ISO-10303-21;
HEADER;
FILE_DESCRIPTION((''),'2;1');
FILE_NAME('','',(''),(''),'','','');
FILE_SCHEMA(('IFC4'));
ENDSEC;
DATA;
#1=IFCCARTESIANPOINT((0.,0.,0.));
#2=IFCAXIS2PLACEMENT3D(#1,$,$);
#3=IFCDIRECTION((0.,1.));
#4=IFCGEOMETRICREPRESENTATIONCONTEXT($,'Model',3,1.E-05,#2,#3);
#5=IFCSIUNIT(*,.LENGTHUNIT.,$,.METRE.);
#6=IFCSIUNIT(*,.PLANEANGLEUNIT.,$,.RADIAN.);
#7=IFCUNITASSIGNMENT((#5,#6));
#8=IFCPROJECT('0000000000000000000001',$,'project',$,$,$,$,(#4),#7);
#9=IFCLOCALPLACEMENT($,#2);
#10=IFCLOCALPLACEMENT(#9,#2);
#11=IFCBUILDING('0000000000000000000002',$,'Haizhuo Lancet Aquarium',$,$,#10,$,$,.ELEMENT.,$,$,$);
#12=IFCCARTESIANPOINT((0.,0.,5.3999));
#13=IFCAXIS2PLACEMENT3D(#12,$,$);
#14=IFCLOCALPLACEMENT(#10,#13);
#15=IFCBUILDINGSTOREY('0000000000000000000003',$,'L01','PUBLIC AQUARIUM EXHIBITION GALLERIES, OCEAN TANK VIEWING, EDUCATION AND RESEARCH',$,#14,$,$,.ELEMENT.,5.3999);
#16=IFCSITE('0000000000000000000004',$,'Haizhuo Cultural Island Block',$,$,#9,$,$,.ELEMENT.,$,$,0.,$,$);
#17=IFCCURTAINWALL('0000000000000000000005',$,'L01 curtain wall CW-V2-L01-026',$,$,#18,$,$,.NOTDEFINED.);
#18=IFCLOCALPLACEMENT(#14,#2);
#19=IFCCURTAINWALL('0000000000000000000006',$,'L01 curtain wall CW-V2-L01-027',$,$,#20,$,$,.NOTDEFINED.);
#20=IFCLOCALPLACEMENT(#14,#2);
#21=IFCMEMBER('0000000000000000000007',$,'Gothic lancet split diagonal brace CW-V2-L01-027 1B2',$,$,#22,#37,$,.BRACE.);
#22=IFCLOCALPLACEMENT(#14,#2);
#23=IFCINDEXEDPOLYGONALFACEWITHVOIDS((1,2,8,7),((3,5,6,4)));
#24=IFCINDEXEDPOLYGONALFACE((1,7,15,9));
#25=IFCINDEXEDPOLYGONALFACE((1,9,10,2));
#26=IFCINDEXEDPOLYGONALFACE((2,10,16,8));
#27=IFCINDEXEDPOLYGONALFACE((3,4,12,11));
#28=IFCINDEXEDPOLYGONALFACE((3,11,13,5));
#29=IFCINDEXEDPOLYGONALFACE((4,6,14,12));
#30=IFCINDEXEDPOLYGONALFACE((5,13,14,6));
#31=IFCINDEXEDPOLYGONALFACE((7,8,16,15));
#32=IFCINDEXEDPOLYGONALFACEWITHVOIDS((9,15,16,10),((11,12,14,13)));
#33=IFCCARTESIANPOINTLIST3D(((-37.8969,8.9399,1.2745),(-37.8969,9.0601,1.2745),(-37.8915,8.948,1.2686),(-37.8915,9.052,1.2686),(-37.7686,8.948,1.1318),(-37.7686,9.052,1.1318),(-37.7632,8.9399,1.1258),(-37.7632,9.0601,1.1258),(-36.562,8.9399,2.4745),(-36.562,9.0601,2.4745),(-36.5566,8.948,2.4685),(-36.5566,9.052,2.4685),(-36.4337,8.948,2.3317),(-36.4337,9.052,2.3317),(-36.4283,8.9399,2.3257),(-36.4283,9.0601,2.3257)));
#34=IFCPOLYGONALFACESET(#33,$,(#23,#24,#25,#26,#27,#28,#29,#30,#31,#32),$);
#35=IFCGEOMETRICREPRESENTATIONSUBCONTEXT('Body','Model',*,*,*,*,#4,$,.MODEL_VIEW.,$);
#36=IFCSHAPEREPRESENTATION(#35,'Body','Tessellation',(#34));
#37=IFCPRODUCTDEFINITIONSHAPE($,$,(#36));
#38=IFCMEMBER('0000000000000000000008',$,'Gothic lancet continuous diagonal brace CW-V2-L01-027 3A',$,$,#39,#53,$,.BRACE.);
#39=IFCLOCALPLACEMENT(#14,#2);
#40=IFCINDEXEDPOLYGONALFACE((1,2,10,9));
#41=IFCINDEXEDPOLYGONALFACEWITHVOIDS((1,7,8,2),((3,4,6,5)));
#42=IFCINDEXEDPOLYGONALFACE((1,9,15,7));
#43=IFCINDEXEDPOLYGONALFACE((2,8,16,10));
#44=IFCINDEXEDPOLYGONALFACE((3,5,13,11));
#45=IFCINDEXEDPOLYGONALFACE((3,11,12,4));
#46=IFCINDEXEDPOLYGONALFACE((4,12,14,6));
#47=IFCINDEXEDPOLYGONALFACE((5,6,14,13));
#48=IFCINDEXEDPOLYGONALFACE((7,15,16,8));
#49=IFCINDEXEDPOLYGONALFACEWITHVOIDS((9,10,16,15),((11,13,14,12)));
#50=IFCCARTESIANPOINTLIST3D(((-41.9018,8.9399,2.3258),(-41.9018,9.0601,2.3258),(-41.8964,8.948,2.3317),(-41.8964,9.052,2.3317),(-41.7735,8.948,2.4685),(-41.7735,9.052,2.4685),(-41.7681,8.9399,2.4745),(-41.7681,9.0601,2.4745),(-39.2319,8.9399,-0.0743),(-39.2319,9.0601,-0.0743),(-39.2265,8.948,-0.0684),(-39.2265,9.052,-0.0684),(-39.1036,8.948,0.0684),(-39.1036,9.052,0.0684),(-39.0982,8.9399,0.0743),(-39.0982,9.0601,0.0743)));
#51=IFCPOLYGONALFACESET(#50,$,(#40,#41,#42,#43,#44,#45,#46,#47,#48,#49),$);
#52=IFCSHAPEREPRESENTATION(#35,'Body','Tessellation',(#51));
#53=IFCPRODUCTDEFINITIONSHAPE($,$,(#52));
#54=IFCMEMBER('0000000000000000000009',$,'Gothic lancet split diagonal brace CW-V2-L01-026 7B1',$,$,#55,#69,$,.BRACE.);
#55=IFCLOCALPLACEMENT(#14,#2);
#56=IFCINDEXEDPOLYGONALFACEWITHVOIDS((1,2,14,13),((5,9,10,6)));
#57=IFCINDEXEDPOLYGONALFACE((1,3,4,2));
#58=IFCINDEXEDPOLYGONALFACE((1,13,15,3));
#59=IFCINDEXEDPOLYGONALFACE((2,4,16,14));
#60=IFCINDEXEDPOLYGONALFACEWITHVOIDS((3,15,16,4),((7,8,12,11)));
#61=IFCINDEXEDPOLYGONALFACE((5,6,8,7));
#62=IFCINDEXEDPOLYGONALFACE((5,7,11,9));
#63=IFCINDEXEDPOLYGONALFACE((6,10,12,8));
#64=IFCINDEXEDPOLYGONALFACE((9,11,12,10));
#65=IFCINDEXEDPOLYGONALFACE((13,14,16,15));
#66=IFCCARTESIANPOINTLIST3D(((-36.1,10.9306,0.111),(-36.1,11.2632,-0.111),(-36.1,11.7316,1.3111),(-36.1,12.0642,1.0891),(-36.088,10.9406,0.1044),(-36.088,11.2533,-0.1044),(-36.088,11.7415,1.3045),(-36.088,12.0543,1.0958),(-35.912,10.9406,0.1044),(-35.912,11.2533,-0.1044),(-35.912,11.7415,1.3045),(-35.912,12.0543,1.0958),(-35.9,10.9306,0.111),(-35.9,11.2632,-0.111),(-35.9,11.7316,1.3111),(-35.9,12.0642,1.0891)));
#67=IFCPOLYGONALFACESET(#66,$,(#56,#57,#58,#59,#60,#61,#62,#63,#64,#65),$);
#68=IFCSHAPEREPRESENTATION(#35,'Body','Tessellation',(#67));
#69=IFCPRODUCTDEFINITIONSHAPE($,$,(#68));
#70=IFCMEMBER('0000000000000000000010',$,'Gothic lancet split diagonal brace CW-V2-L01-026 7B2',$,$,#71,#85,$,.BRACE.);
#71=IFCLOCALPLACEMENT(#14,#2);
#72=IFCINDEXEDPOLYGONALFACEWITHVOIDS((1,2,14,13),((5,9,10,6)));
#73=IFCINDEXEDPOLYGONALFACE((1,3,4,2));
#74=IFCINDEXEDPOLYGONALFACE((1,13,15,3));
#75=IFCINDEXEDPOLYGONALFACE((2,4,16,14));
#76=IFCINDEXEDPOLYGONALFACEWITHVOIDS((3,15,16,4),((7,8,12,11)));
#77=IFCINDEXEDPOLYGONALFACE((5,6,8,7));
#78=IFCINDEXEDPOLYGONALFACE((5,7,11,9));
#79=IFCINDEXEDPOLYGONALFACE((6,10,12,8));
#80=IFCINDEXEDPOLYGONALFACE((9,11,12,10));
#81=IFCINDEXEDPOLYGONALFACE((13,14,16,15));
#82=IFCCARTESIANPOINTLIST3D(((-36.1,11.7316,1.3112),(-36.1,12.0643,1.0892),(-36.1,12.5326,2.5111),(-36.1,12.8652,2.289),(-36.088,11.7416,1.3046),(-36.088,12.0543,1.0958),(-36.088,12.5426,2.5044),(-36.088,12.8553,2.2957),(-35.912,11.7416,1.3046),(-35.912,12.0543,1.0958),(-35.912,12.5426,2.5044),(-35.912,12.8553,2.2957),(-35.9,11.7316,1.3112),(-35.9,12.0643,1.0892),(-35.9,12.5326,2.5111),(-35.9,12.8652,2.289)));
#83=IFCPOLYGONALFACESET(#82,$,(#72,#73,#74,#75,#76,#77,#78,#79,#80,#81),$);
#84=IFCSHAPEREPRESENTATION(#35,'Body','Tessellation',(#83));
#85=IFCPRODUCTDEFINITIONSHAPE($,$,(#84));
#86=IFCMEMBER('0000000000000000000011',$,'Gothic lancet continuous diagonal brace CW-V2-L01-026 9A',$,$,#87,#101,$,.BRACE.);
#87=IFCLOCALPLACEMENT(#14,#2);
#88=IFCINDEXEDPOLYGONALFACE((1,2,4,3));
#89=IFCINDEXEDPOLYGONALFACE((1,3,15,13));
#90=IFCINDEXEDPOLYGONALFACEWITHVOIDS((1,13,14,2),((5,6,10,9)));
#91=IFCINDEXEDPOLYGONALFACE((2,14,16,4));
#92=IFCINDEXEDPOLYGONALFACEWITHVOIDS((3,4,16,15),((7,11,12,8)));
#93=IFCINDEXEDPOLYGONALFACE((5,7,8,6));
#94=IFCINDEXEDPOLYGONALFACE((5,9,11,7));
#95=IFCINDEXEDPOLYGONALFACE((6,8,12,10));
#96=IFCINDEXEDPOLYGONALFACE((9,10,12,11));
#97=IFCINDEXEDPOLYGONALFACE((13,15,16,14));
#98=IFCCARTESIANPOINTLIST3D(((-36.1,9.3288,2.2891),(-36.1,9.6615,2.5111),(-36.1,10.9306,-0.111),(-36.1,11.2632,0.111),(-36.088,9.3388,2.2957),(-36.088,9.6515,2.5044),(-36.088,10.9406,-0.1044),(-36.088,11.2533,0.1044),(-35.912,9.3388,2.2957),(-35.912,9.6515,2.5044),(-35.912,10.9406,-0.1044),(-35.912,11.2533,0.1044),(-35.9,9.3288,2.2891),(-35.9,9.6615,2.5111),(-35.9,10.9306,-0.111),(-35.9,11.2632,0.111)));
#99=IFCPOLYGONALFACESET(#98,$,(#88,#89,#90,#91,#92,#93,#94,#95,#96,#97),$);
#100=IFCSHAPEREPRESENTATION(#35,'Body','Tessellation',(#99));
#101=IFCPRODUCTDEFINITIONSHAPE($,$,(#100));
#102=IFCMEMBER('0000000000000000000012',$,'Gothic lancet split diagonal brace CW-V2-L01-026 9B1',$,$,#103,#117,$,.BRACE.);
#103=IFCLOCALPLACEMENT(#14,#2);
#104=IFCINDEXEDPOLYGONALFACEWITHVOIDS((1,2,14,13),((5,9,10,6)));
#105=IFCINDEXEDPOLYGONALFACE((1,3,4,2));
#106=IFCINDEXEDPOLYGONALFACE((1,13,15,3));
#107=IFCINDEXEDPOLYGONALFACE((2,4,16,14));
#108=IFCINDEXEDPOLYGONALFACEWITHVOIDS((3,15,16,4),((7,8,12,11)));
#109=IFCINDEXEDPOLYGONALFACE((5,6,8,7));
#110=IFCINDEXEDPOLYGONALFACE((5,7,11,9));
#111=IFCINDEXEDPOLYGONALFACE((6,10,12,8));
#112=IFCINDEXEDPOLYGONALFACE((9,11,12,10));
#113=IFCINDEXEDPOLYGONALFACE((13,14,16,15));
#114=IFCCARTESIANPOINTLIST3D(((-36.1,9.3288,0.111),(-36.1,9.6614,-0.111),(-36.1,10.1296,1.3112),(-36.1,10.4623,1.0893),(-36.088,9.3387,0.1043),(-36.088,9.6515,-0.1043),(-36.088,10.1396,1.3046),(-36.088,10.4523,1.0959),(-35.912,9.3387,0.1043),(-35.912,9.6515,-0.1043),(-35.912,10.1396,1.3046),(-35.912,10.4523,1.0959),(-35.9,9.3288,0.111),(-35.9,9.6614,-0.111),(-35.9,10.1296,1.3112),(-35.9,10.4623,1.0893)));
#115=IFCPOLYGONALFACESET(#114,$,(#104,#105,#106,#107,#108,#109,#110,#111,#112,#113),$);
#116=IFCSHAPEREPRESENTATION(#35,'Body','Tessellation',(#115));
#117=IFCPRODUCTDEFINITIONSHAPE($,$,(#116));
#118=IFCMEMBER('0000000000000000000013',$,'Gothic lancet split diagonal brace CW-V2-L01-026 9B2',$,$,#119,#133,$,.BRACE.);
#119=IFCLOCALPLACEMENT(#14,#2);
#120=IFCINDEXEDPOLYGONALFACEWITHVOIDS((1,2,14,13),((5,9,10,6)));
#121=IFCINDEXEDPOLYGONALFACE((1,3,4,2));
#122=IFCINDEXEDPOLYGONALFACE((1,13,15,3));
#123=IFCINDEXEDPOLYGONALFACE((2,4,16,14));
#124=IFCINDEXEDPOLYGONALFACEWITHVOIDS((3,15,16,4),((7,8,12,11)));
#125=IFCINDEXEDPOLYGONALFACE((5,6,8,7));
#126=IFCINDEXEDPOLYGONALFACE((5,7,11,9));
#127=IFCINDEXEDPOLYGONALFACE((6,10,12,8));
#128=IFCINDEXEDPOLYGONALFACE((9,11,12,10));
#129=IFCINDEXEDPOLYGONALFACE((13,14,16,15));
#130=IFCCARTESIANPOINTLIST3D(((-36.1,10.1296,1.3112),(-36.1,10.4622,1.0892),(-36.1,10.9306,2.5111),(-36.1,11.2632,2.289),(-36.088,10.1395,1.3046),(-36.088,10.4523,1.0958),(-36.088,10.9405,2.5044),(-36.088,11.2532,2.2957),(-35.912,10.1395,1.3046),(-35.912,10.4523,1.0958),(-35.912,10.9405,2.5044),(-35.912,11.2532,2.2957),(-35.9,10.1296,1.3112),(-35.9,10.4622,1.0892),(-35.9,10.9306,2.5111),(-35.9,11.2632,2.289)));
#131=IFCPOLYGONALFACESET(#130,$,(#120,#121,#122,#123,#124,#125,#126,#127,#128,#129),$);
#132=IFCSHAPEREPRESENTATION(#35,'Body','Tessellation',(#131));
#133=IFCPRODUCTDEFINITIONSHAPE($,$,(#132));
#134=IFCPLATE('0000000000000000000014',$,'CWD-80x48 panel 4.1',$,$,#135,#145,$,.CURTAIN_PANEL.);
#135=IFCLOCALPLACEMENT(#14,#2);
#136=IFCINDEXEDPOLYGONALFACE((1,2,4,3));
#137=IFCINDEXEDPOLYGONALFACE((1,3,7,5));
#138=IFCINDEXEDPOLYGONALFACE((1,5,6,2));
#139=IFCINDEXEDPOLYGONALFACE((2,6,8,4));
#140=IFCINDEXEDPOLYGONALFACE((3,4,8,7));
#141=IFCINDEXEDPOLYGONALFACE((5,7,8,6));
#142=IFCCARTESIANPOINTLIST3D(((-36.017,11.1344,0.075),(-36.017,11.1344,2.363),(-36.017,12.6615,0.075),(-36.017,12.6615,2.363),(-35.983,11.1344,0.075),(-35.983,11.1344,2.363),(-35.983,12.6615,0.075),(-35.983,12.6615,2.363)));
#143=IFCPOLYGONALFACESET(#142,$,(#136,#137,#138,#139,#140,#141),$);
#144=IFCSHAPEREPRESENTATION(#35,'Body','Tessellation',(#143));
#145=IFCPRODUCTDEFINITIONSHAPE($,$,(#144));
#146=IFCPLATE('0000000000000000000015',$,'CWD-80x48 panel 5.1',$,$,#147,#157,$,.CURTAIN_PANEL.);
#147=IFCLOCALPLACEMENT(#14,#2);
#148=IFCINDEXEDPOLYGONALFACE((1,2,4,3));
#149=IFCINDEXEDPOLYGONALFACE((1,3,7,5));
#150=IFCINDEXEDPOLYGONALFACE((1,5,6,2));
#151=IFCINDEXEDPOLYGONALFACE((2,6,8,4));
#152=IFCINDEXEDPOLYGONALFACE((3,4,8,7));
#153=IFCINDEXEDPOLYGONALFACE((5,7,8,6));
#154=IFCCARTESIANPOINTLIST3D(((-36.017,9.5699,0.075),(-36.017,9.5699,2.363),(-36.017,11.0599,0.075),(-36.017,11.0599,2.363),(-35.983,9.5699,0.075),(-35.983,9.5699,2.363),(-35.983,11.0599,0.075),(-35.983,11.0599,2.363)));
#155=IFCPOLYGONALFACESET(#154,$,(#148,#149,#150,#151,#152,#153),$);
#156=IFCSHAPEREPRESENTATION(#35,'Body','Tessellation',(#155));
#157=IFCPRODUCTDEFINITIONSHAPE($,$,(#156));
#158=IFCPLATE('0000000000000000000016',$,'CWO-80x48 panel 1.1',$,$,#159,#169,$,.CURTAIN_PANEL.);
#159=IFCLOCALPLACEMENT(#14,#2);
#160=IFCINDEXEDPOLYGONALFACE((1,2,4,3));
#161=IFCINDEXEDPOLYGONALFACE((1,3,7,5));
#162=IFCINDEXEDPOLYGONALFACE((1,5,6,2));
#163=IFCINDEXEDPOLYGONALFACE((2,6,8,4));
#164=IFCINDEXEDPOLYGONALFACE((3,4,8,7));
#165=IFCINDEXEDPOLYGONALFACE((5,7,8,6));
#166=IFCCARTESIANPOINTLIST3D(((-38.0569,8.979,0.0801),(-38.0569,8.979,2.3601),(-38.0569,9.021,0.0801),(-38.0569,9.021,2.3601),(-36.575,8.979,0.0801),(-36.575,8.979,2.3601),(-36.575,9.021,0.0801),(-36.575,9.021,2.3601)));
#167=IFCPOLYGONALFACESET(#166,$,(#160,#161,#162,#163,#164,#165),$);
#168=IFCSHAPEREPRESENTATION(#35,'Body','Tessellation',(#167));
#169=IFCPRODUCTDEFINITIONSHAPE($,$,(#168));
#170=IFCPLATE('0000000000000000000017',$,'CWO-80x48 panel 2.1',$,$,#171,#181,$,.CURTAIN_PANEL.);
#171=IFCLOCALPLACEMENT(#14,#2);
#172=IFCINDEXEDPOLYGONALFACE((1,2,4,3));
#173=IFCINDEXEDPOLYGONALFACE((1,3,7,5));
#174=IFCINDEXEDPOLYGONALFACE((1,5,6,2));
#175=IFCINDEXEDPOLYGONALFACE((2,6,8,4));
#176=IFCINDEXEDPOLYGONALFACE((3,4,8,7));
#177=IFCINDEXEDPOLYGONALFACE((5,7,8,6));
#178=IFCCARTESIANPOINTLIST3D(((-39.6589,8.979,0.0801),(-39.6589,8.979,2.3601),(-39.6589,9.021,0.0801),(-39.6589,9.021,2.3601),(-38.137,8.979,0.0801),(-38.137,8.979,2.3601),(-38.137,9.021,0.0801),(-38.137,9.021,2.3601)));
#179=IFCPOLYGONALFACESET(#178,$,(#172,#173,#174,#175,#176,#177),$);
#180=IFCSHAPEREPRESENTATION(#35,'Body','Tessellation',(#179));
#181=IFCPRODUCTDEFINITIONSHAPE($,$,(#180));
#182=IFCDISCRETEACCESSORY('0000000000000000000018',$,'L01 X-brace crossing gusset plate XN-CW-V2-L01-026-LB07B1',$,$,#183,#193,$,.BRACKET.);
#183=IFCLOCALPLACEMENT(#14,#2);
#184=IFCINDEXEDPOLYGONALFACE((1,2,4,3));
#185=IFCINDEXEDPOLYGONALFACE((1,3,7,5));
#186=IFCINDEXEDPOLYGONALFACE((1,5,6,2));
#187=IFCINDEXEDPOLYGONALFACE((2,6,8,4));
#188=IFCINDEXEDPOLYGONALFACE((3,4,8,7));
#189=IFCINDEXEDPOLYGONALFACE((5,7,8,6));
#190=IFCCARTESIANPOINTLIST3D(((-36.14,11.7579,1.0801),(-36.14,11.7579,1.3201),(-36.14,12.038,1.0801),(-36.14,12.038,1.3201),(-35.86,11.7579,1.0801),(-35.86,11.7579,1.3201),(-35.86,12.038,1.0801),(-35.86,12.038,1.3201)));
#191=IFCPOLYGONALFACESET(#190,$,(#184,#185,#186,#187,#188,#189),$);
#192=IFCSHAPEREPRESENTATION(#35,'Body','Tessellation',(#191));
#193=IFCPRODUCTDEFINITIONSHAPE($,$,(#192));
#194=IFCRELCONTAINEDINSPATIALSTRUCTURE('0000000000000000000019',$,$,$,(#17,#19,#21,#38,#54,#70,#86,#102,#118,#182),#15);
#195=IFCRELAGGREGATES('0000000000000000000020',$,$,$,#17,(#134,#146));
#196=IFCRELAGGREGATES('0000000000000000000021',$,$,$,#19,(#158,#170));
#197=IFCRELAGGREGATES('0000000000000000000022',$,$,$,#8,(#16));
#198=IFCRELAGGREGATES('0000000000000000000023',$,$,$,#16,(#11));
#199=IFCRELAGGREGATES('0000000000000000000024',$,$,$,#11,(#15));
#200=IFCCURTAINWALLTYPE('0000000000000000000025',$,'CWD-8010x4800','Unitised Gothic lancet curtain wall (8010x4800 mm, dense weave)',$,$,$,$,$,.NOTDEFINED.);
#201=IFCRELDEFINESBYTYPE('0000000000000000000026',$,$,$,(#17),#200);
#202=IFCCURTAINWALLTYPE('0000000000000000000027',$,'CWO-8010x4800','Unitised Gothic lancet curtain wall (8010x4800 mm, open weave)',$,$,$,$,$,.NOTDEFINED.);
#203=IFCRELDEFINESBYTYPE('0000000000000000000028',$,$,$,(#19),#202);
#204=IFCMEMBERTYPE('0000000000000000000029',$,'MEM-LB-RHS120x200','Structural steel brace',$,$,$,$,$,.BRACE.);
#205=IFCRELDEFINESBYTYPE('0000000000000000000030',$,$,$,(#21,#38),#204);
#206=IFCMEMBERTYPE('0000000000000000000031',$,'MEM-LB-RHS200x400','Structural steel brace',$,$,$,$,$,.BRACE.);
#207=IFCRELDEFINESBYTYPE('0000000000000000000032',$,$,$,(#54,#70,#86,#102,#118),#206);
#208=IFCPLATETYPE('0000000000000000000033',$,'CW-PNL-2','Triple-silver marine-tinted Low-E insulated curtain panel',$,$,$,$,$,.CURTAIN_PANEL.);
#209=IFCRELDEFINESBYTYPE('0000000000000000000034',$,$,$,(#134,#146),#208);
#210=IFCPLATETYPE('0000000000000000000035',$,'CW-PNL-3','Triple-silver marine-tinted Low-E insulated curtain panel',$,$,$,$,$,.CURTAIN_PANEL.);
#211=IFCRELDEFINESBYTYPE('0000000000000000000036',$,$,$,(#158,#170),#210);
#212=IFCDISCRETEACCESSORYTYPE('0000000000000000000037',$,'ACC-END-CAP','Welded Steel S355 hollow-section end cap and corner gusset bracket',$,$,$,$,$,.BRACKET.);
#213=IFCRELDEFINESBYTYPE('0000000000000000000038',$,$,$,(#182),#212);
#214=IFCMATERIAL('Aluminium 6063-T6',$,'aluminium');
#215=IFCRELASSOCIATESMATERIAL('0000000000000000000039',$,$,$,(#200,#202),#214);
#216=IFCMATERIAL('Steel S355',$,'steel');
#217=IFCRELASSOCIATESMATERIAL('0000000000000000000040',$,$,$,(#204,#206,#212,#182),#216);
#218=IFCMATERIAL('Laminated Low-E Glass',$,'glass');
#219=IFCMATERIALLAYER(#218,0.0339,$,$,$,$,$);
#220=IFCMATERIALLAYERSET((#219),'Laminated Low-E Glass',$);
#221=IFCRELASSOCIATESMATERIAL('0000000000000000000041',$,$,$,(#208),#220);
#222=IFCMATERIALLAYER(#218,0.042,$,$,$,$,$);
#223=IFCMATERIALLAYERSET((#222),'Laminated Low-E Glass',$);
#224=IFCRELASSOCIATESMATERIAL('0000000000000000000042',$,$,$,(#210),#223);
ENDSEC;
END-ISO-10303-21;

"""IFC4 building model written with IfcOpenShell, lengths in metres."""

from ifc_helpers import new_model, si_unit, direction, frame, origin, origin_2d, place, context, subcontext, project, spatial, rectangle, hollow_rectangle, extrude, material, layer, layer_set, material_profile, profile_set, type_object, element, aggregate, save


model = new_model("IFC4")

# Units and contexts
model_context = context("Model", 3, precision=1e-05, world=origin(), true_north=direction((0.0, 1.0)))
body_context = subcontext(model_context, "Body", "Model", "MODEL_VIEW")
ifc_project = project(units=[si_unit("LENGTHUNIT", "METRE"), si_unit("PLANEANGLEUNIT", "RADIAN")], contexts=[model_context])

# Site, building, storey
site_placement = place(None, origin())
site = spatial("IfcSite", under=ifc_project, at=site_placement, Name="Haizhuo Cultural Island Block", CompositionType="ELEMENT", RefElevation=0.0)
building_placement = place(site_placement, origin())
building = spatial("IfcBuilding", under=site, at=building_placement, Name="Haizhuo Lancet Aquarium", CompositionType="ELEMENT")
storey_placement = place(building_placement, frame((0.0, 0.0, 5.3999)))
storey = spatial("IfcBuildingStorey", under=building, at=storey_placement, Name="L01", Description="PUBLIC AQUARIUM EXHIBITION GALLERIES, OCEAN TANK VIEWING, EDUCATION AND RESEARCH", CompositionType="ELEMENT", Elevation=5.3999)

# Curtain walls
ifc_material_1 = material(Name="Aluminium 6063-T6", Category="aluminium")
curtain_wall_type_1 = type_object("IfcCurtainWallType", Name="CWD-8010x4800", Description="Unitised Gothic lancet curtain wall (8010x4800 mm, dense weave)", PredefinedType="NOTDEFINED", material=ifc_material_1)
curtain_wall_1_placement = place(storey_placement, origin())
curtain_wall_1 = element("IfcCurtainWall", 1, at=curtain_wall_1_placement, inside=storey, type_object=curtain_wall_type_1, Name="L01 curtain wall CW-V2-L01-026", PredefinedType="NOTDEFINED")
curtain_wall_type_2 = type_object("IfcCurtainWallType", Name="CWO-8010x4800", Description="Unitised Gothic lancet curtain wall (8010x4800 mm, open weave)", PredefinedType="NOTDEFINED", material=ifc_material_1)
curtain_wall_2_placement = place(storey_placement, origin())
curtain_wall_2 = element("IfcCurtainWall", 2, at=curtain_wall_2_placement, inside=storey, type_object=curtain_wall_type_2, Name="L01 curtain wall CW-V2-L01-027", PredefinedType="NOTDEFINED")

# Members
ifc_material_2 = material(Name="Steel S355", Category="steel")
ifc_material_profile_1 = material_profile(ifc_material_2, hollow_rectangle(XDim=0.1201, YDim=0.2, WallThickness=0.0081, at=origin_2d()), Name="RHS 120x200x8")
ifc_profile_set_1 = profile_set([ifc_material_profile_1], Name="Steel S355")
member_type_1 = type_object("IfcMemberType", Name="MEM-LB-RHS120x200", Description="Structural steel brace", PredefinedType="BRACE", material=ifc_profile_set_1)
member_1_placement = place(storey_placement, frame((-37.8301, 9.0, 1.2002), z_axis=(0.743713, 0.0, 0.668499), x_axis=(0.0, 1.0, 0.0)))
element("IfcMember", 3, at=member_1_placement, inside=storey, type_object=member_type_1, Name="Gothic lancet split diagonal brace CW-V2-L01-027 1B2", PredefinedType="BRACE", context=body_context, shape_type="SweptSolid", body=[
    extrude(hollow_rectangle(XDim=0.1201, YDim=0.2, WallThickness=0.0081, at=origin_2d()), origin(), (0.0, 0.0, 1.0), 1.7949),
])
member_2_placement = place(storey_placement, frame((-39.165, 9.0, 0.0), z_axis=(-0.743679, 0.0, 0.668536), x_axis=(0.0, -1.0, 0.0)))
element("IfcMember", 4, at=member_2_placement, inside=storey, type_object=member_type_1, Name="Gothic lancet continuous diagonal brace CW-V2-L01-027 3A", PredefinedType="BRACE", context=body_context, shape_type="SweptSolid", body=[
    extrude(hollow_rectangle(XDim=0.1201, YDim=0.2, WallThickness=0.0081, at=origin_2d()), origin(), (0.0, 0.0, 1.0), 3.5901),
])
ifc_material_profile_2 = material_profile(ifc_material_2, hollow_rectangle(XDim=0.2, YDim=0.3999, WallThickness=0.012, at=origin_2d()), Name="RHS 200x400x12")
ifc_profile_set_2 = profile_set([ifc_material_profile_2], Name="Steel S355")
member_type_2 = type_object("IfcMemberType", Name="MEM-LB-RHS200x400", Description="Structural steel brace", PredefinedType="BRACE", material=ifc_profile_set_2)
member_3_placement = place(storey_placement, frame((-36.0, 11.0969, 0.0), z_axis=(0.0, 0.55513, 0.831764), x_axis=(-1.0, 0.0, 0.0)))
element("IfcMember", 5, at=member_3_placement, inside=storey, type_object=member_type_2, Name="Gothic lancet split diagonal brace CW-V2-L01-026 7B1", PredefinedType="BRACE", context=body_context, shape_type="SweptSolid", body=[
    extrude(hollow_rectangle(XDim=0.2, YDim=0.3999, WallThickness=0.012, at=origin_2d()), origin(), (0.0, 0.0, 1.0), 1.4429),
])
member_4_placement = place(storey_placement, frame((-36.0, 11.8979, 1.2002), z_axis=(0.0, 0.555208, 0.831712), x_axis=(-1.0, 0.0, 0.0)))
element("IfcMember", 6, at=member_4_placement, inside=storey, type_object=member_type_2, Name="Gothic lancet split diagonal brace CW-V2-L01-026 7B2", PredefinedType="BRACE", context=body_context, shape_type="SweptSolid", body=[
    extrude(hollow_rectangle(XDim=0.2, YDim=0.3999, WallThickness=0.012, at=origin_2d()), origin(), (0.0, 0.0, 1.0), 1.4426),
])
member_5_placement = place(storey_placement, frame((-36.0, 11.0969, 0.0), z_axis=(0.0, -0.55511, 0.831777), x_axis=(1.0, 0.0, 0.0)))
element("IfcMember", 7, at=member_5_placement, inside=storey, type_object=member_type_2, Name="Gothic lancet continuous diagonal brace CW-V2-L01-026 9A", PredefinedType="BRACE", context=body_context, shape_type="SweptSolid", body=[
    extrude(hollow_rectangle(XDim=0.2, YDim=0.3999, WallThickness=0.012, at=origin_2d()), origin(), (0.0, 0.0, 1.0), 2.8855),
])
member_6_placement = place(storey_placement, frame((-36.0, 9.4951, 0.0), z_axis=(0.0, 0.555013, 0.831842), x_axis=(-1.0, 0.0, 0.0)))
element("IfcMember", 8, at=member_6_placement, inside=storey, type_object=member_type_2, Name="Gothic lancet split diagonal brace CW-V2-L01-026 9B1", PredefinedType="BRACE", context=body_context, shape_type="SweptSolid", body=[
    extrude(hollow_rectangle(XDim=0.2, YDim=0.3999, WallThickness=0.012, at=origin_2d()), origin(), (0.0, 0.0, 1.0), 1.4429),
])
member_7_placement = place(storey_placement, frame((-36.0, 10.2959, 1.2002), z_axis=(0.0, 0.555208, 0.831712), x_axis=(-1.0, 0.0, 0.0)))
element("IfcMember", 9, at=member_7_placement, inside=storey, type_object=member_type_2, Name="Gothic lancet split diagonal brace CW-V2-L01-026 9B2", PredefinedType="BRACE", context=body_context, shape_type="SweptSolid", body=[
    extrude(hollow_rectangle(XDim=0.2, YDim=0.3999, WallThickness=0.012, at=origin_2d()), origin(), (0.0, 0.0, 1.0), 1.4426),
])

# Plates
ifc_material_3 = material(Name="Laminated Low-E Glass", Category="glass")
ifc_layer_1 = layer(ifc_material_3, 0.0339)
ifc_layer_set_1 = layer_set([ifc_layer_1], Name="Laminated Low-E Glass")
plate_type_1 = type_object("IfcPlateType", Name="CW-PNL-2", Description="Triple-silver marine-tinted Low-E insulated curtain panel", PredefinedType="CURTAIN_PANEL", material=ifc_layer_set_1)
plate_1_placement = place(storey_placement, frame((-36.0, 11.8979, 0.075), z_axis=(0.0, 0.0, 1.0), x_axis=(0.0, -1.0, 0.0)))
plate_1 = element("IfcPlate", 10, at=plate_1_placement, type_object=plate_type_1, Name="CWD-80x48 panel 4.1", PredefinedType="CURTAIN_PANEL", context=body_context, shape_type="SweptSolid", body=[
    extrude(rectangle(XDim=1.5271, YDim=0.0339, at=origin_2d()), origin(), (0.0, 0.0, 1.0), 2.2881),
])
plate_2_placement = place(storey_placement, frame((-36.0, 10.3149, 0.075), z_axis=(0.0, 0.0, 1.0), x_axis=(0.0, -1.0, 0.0)))
plate_2 = element("IfcPlate", 11, at=plate_2_placement, type_object=plate_type_1, Name="CWD-80x48 panel 5.1", PredefinedType="CURTAIN_PANEL", context=body_context, shape_type="SweptSolid", body=[
    extrude(rectangle(XDim=1.49, YDim=0.0339, at=origin_2d()), origin(), (0.0, 0.0, 1.0), 2.2881),
])
aggregate(curtain_wall_1, [plate_1, plate_2])
ifc_layer_2 = layer(ifc_material_3, 0.042)
ifc_layer_set_2 = layer_set([ifc_layer_2], Name="Laminated Low-E Glass")
plate_type_2 = type_object("IfcPlateType", Name="CW-PNL-3", Description="Triple-silver marine-tinted Low-E insulated curtain panel", PredefinedType="CURTAIN_PANEL", material=ifc_layer_set_2)
plate_3_placement = place(storey_placement, frame((-37.3159, 9.0, 0.0801), z_axis=(0.0, 0.0, 1.0), x_axis=(-1.0, 0.0, 0.0)))
plate_3 = element("IfcPlate", 12, at=plate_3_placement, type_object=plate_type_2, Name="CWO-80x48 panel 1.1", PredefinedType="CURTAIN_PANEL", context=body_context, shape_type="SweptSolid", body=[
    extrude(rectangle(XDim=1.4819, YDim=0.042, at=origin_2d()), origin(), (0.0, 0.0, 1.0), 2.28),
])
plate_4_placement = place(storey_placement, frame((-38.8979, 9.0, 0.0801), z_axis=(0.0, 0.0, 1.0), x_axis=(-1.0, 0.0, 0.0)))
plate_4 = element("IfcPlate", 13, at=plate_4_placement, type_object=plate_type_2, Name="CWO-80x48 panel 2.1", PredefinedType="CURTAIN_PANEL", context=body_context, shape_type="SweptSolid", body=[
    extrude(rectangle(XDim=1.522, YDim=0.042, at=origin_2d()), origin(), (0.0, 0.0, 1.0), 2.28),
])
aggregate(curtain_wall_2, [plate_3, plate_4])

# Discrete accessory
discrete_accessory_type = type_object("IfcDiscreteAccessoryType", Name="ACC-END-CAP", Description="Welded Steel S355 hollow-section end cap and corner gusset bracket", PredefinedType="BRACKET", material=ifc_material_2)
for number, where, z_axis, x_axis, name in (
    (14, (-36.0, 11.8979, 1.0801), (0.0, 0.0, 1.0), (1.0, 0.0, 0.0), "L01 X-brace crossing gusset plate XN-CW-V2-L01-026-LB07B1"),
):
    element("IfcDiscreteAccessory", number, at=place(storey_placement, frame(where, z_axis=z_axis, x_axis=x_axis)), inside=storey, type_object=discrete_accessory_type, material=ifc_material_2, Name=name, PredefinedType="BRACKET", context=body_context, shape_type="SweptSolid", body=[
        extrude(rectangle(XDim=0.28, YDim=0.28, at=origin_2d()), origin(), (0.0, 0.0, 1.0), 0.24),
    ])

save(model, "model.ifc")
